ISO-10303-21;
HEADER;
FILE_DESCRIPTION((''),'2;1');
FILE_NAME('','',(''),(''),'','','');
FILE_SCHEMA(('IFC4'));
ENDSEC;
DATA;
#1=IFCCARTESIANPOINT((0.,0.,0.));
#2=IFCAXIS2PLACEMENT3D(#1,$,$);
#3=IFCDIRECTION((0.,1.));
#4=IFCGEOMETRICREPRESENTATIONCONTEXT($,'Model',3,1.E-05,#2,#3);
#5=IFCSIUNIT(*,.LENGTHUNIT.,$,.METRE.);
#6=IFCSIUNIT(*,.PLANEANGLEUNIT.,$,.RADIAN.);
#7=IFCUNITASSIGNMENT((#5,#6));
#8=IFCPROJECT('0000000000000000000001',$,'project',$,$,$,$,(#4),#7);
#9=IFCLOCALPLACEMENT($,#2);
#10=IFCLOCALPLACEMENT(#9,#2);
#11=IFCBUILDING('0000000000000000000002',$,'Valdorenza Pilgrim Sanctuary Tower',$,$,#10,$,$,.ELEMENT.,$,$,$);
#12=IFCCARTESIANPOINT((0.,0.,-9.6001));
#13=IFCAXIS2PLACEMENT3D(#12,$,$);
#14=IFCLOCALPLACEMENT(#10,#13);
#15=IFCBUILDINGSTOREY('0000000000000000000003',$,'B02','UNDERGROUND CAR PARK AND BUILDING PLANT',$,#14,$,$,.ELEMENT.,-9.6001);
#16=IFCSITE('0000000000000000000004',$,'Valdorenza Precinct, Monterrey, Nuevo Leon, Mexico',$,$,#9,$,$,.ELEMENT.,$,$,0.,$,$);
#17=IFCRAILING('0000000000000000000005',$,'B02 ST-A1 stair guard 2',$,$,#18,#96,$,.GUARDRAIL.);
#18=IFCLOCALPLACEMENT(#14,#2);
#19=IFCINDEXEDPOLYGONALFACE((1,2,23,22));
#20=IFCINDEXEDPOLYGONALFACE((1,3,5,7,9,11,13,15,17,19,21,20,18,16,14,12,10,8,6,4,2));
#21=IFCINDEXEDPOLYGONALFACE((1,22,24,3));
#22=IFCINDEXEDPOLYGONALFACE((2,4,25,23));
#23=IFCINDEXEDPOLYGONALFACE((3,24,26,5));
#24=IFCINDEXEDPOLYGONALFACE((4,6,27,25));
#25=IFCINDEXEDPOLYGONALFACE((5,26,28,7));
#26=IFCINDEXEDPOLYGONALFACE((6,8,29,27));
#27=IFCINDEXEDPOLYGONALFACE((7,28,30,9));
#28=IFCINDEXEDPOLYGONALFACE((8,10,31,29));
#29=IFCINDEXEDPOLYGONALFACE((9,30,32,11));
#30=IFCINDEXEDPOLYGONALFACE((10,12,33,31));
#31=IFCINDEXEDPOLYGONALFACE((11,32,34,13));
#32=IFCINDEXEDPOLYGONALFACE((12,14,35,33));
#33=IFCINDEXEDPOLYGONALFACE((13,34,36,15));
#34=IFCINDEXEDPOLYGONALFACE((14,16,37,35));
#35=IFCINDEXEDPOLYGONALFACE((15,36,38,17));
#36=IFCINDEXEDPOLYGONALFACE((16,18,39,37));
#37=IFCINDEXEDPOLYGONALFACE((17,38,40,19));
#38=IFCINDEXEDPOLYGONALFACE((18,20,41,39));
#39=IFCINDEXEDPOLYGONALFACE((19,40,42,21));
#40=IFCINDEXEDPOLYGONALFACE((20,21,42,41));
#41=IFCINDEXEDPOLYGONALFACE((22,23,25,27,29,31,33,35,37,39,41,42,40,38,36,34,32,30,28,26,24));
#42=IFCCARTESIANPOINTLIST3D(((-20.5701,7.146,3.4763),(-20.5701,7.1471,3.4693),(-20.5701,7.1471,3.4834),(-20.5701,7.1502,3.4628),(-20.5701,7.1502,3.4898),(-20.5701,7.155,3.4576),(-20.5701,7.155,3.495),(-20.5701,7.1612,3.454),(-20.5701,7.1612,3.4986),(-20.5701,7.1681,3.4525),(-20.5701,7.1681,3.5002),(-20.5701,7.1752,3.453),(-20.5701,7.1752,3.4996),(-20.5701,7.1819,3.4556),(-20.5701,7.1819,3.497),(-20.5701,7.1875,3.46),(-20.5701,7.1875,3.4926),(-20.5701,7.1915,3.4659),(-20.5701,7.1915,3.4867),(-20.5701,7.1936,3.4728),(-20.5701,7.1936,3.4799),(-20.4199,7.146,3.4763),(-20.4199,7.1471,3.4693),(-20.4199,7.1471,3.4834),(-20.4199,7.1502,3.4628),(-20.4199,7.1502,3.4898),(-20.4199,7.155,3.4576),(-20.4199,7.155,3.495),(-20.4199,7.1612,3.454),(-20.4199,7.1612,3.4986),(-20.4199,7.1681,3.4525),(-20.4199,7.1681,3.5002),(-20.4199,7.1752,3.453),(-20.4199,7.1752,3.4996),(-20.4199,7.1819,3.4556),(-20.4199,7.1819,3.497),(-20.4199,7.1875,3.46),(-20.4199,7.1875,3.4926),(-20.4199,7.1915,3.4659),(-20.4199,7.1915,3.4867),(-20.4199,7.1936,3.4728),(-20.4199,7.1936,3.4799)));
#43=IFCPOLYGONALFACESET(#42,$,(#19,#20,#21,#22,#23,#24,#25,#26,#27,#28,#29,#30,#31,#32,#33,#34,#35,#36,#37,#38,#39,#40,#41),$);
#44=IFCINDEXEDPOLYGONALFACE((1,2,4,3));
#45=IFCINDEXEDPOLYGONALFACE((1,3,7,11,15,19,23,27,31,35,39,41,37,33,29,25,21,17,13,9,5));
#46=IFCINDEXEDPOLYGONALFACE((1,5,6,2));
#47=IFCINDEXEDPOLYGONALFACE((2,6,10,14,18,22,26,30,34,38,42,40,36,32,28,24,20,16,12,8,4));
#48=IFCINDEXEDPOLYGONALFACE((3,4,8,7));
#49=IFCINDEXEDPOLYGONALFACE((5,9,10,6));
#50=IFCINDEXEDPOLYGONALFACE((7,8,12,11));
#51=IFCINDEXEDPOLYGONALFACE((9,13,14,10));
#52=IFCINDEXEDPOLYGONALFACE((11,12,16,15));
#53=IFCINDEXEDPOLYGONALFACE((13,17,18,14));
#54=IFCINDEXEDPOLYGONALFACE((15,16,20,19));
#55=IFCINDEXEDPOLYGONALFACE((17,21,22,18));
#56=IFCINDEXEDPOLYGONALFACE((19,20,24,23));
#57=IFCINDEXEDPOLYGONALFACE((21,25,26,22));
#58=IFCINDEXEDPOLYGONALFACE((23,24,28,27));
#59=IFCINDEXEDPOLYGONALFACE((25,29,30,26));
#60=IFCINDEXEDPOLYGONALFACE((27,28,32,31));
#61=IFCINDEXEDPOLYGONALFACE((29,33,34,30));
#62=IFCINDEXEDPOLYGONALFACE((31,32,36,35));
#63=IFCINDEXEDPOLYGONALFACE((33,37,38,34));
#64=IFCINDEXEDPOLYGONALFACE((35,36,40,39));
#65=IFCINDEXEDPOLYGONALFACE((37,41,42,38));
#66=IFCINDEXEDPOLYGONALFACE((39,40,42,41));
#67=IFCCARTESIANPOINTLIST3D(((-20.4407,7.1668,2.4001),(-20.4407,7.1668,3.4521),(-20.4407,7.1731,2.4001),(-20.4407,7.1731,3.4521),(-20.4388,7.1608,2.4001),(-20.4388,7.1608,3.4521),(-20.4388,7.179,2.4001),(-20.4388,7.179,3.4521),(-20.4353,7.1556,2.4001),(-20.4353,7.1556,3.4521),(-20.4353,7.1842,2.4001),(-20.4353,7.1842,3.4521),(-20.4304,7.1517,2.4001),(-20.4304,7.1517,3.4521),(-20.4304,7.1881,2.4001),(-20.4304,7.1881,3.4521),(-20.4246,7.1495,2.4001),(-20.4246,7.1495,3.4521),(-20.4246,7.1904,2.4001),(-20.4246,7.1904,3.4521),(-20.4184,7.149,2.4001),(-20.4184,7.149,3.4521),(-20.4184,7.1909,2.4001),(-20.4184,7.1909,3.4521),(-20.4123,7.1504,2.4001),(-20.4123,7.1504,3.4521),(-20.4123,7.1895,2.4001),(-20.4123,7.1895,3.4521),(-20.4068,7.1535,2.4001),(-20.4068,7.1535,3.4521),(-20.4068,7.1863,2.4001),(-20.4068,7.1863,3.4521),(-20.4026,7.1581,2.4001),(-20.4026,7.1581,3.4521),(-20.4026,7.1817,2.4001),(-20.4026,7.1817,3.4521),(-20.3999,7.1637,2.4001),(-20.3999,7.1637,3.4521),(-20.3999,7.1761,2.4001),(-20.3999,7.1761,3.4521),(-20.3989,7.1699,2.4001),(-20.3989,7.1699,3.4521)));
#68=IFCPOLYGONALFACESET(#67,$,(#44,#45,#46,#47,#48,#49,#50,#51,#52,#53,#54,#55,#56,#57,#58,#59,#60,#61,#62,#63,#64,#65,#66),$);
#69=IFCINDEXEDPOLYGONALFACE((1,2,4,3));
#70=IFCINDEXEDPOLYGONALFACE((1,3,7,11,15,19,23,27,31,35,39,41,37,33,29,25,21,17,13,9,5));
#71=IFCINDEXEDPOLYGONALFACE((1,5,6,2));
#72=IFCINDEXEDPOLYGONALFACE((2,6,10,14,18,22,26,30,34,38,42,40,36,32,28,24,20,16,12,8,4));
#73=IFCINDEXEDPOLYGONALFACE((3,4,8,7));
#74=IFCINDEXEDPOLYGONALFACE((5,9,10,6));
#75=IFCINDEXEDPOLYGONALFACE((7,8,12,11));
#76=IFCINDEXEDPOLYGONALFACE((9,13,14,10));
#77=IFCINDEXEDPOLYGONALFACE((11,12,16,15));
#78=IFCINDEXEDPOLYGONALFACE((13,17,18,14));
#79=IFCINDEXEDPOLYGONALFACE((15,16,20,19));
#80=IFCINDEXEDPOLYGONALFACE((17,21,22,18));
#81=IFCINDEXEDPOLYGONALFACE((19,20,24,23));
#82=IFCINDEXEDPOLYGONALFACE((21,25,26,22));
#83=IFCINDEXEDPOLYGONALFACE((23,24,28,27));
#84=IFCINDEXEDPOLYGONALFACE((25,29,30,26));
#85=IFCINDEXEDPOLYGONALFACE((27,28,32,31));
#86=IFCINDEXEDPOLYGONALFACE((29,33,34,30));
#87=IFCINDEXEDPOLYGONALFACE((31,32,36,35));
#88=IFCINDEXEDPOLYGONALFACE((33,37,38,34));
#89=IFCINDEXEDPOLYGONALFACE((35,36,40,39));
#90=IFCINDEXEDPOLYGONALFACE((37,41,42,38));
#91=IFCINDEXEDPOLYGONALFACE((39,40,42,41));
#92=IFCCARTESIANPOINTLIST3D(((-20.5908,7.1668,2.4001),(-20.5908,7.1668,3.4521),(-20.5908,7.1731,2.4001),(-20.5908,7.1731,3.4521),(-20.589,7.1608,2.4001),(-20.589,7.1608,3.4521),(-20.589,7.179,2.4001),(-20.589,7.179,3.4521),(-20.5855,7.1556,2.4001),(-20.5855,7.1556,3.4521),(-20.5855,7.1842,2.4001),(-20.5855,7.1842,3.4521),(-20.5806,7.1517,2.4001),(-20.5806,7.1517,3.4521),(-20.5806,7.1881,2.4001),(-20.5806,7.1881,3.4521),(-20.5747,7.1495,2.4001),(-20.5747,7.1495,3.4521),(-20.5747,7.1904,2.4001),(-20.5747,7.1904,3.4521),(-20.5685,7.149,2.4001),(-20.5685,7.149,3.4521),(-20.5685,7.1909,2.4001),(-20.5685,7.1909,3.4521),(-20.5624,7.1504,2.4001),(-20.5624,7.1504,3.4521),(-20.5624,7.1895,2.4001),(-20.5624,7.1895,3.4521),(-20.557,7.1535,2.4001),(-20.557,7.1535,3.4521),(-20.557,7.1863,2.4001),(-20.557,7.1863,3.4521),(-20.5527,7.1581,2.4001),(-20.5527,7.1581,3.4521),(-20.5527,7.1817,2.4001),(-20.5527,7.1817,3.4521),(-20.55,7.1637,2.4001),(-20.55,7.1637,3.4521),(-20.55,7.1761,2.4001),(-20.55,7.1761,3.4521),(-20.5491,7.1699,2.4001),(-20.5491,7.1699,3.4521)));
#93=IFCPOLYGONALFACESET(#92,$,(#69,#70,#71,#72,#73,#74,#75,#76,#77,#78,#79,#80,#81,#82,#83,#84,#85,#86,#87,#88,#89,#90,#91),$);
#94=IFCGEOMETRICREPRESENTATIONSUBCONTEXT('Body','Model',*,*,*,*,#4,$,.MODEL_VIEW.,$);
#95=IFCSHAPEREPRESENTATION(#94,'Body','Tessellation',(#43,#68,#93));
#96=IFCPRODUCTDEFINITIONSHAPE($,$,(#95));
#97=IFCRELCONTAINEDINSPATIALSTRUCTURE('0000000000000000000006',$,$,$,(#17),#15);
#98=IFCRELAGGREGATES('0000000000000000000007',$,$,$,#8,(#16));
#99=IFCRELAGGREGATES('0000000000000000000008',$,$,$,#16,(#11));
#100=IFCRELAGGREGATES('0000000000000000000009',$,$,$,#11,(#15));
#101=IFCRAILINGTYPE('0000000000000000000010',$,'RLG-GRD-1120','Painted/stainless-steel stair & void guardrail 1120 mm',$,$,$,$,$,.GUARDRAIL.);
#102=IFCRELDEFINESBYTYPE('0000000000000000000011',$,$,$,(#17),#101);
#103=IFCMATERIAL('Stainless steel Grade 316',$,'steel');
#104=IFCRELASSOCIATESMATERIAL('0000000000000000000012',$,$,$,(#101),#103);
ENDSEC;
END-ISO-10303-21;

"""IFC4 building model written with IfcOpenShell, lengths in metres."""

from ifc_helpers import new_model, si_unit, direction, frame, origin, origin_2d, place, context, subcontext, project, spatial, circle, extrude, material, type_object, element, save


model = new_model("IFC4")

# Units and contexts
model_context = context("Model", 3, precision=1e-05, world=origin(), true_north=direction((0.0, 1.0)))
body_context = subcontext(model_context, "Body", "Model", "MODEL_VIEW")
ifc_project = project(units=[si_unit("LENGTHUNIT", "METRE"), si_unit("PLANEANGLEUNIT", "RADIAN")], contexts=[model_context])

# Site, building, storey
site_placement = place(None, origin())
site = spatial("IfcSite", under=ifc_project, at=site_placement, Name="Valdorenza Precinct, Monterrey, Nuevo Leon, Mexico", CompositionType="ELEMENT", RefElevation=0.0)
building_placement = place(site_placement, origin())
building = spatial("IfcBuilding", under=site, at=building_placement, Name="Valdorenza Pilgrim Sanctuary Tower", CompositionType="ELEMENT")
storey_placement = place(building_placement, frame((0.0, 0.0, -9.6001)))
storey = spatial("IfcBuildingStorey", under=building, at=storey_placement, Name="B02", Description="UNDERGROUND CAR PARK AND BUILDING PLANT", CompositionType="ELEMENT", Elevation=-9.6001)

# Railing
ifc_material_1 = material(Name="Stainless steel Grade 316", Category="steel")
railing_type_1 = type_object("IfcRailingType", Name="RLG-GRD-1120", Description="Painted/stainless-steel stair & void guardrail 1120 mm", PredefinedType="GUARDRAIL", material=ifc_material_1)
railing_1_placement = place(storey_placement, frame((-20.4199, 7.1699, 2.4001)))
element("IfcRailing", 1, at=railing_1_placement, inside=storey, type_object=railing_type_1, Name="B02 ST-A1 stair guard 2", PredefinedType="GUARDRAIL", context=body_context, shape_type="SweptSolid", body=[
    extrude(circle(Radius=0.0239, at=origin_2d()), frame((0.0, 0.0, 1.0762), z_axis=(-1.0, 0.0, 0.0), x_axis=(0.0, -1.0, 0.0)), (0.0, 0.0, 1.0), 0.1501),
    extrude(circle(Radius=0.021, at=origin_2d()), origin(), (0.0, 0.0, 1.0), 1.052),
    extrude(circle(Radius=0.021, at=origin_2d()), frame((-0.1501, 0.0, 0.0)), (0.0, 0.0, 1.0), 1.052),
])

save(model, "model.ifc")
